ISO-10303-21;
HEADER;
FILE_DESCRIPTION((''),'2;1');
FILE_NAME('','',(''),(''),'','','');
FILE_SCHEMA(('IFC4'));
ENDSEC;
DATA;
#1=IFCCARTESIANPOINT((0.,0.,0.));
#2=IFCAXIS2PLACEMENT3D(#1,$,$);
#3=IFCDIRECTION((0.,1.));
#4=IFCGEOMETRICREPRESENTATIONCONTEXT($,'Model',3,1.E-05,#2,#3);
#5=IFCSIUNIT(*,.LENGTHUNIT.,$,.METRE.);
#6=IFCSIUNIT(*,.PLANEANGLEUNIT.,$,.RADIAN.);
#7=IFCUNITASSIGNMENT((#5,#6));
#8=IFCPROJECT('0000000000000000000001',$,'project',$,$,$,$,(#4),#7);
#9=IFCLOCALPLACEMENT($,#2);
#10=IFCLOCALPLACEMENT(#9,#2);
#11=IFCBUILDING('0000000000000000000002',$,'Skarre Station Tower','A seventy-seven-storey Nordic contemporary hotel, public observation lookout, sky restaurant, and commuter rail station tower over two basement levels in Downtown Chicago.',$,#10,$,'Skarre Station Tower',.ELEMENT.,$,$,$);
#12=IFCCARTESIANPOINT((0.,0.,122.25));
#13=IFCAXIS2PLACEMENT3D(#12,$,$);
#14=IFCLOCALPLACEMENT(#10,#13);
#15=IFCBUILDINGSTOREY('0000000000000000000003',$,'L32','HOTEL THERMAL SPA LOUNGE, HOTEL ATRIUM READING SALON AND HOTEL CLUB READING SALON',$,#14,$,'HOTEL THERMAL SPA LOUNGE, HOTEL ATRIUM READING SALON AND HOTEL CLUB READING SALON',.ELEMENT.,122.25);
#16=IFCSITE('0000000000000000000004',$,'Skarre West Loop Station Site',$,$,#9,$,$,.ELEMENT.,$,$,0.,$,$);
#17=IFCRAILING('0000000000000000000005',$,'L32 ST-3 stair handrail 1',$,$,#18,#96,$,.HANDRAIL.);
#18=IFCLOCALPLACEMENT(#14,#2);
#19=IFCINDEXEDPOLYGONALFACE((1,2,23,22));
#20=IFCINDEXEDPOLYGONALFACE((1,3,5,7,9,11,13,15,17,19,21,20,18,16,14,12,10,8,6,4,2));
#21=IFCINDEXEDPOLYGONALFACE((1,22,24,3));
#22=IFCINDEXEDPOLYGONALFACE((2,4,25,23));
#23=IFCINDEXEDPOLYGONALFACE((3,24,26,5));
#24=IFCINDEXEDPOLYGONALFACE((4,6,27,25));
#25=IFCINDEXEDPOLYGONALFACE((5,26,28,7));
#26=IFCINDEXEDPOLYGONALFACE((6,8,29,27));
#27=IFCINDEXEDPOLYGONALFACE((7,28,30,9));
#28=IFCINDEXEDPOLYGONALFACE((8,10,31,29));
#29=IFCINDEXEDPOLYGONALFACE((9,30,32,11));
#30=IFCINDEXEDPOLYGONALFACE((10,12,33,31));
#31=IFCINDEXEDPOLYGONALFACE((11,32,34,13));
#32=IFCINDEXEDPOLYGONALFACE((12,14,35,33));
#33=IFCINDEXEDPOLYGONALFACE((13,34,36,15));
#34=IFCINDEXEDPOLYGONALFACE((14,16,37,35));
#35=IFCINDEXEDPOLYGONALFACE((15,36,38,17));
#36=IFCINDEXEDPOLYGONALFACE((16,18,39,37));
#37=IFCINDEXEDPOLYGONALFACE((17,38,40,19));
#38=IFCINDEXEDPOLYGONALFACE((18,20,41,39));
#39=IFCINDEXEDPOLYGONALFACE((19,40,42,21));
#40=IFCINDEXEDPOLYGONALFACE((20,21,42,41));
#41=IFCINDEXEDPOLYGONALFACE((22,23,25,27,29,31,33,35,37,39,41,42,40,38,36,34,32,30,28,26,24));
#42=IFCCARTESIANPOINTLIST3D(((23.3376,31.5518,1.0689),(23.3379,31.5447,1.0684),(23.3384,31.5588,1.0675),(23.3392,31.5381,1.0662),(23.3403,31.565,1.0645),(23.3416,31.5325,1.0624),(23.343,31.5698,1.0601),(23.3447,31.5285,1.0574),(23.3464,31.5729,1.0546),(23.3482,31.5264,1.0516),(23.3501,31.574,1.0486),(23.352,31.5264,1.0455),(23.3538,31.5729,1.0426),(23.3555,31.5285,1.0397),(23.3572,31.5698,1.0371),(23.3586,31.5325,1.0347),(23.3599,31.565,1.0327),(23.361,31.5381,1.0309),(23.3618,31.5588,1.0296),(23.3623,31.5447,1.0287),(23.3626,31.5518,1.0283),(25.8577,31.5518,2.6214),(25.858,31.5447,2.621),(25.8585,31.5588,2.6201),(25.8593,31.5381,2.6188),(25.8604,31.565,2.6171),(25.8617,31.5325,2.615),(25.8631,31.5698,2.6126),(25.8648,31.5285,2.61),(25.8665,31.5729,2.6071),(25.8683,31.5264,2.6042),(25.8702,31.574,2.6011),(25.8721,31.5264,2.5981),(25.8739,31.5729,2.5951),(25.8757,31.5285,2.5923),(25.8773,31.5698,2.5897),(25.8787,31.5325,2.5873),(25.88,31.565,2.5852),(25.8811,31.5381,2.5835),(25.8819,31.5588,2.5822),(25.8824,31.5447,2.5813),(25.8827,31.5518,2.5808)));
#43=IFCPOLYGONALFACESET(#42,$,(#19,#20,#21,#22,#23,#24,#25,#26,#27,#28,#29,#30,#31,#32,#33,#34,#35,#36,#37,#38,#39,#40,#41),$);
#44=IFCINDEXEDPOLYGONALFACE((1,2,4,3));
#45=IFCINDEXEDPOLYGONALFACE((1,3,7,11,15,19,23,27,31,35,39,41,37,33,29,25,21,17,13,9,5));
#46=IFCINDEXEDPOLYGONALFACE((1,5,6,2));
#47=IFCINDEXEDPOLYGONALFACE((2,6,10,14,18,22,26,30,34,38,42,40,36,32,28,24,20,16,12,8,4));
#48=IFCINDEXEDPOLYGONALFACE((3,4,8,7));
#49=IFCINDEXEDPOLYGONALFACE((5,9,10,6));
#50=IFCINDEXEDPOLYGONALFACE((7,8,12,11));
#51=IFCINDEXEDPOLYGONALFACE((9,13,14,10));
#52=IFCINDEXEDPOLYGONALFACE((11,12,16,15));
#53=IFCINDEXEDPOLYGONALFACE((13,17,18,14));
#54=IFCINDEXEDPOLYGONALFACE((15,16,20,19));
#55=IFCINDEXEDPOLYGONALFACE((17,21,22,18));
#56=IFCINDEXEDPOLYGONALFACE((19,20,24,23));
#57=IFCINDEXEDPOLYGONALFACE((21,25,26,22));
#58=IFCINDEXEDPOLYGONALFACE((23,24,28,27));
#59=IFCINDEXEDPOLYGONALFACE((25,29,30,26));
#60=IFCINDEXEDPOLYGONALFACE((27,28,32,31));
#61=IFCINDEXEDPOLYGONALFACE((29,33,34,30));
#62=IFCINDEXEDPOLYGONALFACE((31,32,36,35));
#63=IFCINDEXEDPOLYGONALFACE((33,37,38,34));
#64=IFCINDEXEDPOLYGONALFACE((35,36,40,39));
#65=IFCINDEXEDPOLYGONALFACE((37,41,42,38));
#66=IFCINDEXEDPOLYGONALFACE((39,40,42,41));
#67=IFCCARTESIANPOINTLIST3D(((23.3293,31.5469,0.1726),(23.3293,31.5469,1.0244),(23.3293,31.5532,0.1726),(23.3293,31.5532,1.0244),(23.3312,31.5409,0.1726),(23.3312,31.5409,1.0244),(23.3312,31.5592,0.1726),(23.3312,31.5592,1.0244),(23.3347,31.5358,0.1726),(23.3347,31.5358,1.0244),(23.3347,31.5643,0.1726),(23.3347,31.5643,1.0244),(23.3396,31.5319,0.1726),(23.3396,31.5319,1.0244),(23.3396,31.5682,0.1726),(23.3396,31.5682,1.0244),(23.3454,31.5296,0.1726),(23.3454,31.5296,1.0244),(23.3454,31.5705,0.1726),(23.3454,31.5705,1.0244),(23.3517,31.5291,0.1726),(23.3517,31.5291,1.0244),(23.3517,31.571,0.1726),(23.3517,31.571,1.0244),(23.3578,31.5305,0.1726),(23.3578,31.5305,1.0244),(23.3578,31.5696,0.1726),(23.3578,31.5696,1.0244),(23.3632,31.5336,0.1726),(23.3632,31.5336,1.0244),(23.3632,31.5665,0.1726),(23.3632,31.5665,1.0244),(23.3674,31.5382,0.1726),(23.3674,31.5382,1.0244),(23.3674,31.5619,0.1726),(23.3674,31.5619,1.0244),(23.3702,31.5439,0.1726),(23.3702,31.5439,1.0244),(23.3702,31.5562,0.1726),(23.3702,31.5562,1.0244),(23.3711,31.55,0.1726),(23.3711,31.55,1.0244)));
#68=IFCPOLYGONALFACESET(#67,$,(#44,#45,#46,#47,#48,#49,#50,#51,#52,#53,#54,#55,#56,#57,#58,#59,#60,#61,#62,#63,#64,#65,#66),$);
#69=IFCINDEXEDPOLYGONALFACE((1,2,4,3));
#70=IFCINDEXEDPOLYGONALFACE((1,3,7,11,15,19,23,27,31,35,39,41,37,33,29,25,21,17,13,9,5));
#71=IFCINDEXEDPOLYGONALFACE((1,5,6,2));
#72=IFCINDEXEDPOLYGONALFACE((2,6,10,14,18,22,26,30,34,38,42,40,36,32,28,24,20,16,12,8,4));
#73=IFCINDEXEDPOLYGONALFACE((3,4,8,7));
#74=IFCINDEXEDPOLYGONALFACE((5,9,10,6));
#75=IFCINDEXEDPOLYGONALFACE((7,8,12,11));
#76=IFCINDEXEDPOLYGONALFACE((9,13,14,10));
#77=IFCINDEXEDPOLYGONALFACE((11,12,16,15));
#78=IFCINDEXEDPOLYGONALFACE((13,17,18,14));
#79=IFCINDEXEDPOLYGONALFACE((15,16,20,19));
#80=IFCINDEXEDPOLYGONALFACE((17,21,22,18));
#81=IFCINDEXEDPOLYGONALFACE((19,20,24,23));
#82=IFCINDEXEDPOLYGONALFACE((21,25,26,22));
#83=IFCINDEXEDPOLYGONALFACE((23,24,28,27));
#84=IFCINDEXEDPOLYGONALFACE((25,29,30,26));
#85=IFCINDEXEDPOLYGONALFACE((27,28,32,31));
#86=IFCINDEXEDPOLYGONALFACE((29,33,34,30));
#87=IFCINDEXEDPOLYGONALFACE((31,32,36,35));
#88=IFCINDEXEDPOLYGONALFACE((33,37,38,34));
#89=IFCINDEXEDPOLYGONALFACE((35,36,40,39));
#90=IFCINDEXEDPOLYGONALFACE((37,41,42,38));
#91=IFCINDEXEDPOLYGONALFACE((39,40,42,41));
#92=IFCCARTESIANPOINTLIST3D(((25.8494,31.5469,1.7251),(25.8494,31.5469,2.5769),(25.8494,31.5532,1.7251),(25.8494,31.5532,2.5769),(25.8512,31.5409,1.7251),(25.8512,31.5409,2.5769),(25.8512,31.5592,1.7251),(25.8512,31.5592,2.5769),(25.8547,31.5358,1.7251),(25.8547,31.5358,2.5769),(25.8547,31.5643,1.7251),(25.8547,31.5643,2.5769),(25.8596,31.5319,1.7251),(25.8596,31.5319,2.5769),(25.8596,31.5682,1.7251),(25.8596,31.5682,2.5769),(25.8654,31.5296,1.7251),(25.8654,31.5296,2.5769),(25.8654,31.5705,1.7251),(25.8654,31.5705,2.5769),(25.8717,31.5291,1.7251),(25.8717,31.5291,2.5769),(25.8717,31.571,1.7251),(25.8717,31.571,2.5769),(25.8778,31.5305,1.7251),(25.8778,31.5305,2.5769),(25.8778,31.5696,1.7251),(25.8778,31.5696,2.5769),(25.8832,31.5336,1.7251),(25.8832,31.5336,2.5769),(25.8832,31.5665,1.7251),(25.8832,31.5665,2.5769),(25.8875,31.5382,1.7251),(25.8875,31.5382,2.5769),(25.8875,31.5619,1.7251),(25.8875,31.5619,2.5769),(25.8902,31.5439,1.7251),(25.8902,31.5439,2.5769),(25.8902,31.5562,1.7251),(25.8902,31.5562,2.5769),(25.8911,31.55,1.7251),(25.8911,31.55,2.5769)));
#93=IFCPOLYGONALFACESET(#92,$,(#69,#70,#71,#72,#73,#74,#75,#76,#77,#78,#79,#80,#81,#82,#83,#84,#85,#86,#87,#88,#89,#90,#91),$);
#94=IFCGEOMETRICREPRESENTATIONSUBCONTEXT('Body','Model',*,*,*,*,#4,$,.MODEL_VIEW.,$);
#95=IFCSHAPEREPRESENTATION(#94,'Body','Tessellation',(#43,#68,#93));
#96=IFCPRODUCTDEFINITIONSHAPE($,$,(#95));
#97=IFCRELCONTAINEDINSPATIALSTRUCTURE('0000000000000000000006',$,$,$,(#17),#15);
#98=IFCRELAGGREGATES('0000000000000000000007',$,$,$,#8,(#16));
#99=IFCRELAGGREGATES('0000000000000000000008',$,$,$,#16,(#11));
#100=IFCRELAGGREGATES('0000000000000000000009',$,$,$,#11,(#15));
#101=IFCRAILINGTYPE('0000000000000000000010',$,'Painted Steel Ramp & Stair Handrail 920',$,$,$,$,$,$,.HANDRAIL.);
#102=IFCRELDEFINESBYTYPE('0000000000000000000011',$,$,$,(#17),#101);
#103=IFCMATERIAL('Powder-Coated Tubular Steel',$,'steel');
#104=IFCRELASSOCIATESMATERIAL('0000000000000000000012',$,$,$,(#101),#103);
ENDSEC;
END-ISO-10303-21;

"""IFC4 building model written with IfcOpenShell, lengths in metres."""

from ifc_helpers import new_model, si_unit, direction, frame, origin, origin_2d, place, context, subcontext, project, spatial, circle, extrude, material, type_object, element, save


model = new_model("IFC4")

# Units and contexts
model_context = context("Model", 3, precision=1e-05, world=origin(), true_north=direction((0.0, 1.0)))
body_context = subcontext(model_context, "Body", "Model", "MODEL_VIEW")
ifc_project = project(units=[si_unit("LENGTHUNIT", "METRE"), si_unit("PLANEANGLEUNIT", "RADIAN")], contexts=[model_context])

# Site, building, storey
site_placement = place(None, origin())
site = spatial("IfcSite", under=ifc_project, at=site_placement, Name="Skarre West Loop Station Site", CompositionType="ELEMENT", RefElevation=0.0)
building_placement = place(site_placement, origin())
building = spatial("IfcBuilding", under=site, at=building_placement, Name="Skarre Station Tower", Description="A seventy-seven-storey Nordic contemporary hotel, public observation lookout, sky restaurant, and commuter rail station tower over two basement levels in Downtown Chicago.", LongName="Skarre Station Tower", CompositionType="ELEMENT")
storey_placement = place(building_placement, frame((0.0, 0.0, 122.25)))
storey = spatial("IfcBuildingStorey", under=building, at=storey_placement, Name="L32", Description="HOTEL THERMAL SPA LOUNGE, HOTEL ATRIUM READING SALON AND HOTEL CLUB READING SALON", LongName="HOTEL THERMAL SPA LOUNGE, HOTEL ATRIUM READING SALON AND HOTEL CLUB READING SALON", CompositionType="ELEMENT", Elevation=122.25)

# Railing
ifc_material_1 = material(Name="Powder-Coated Tubular Steel", Category="steel")
railing_type = type_object("IfcRailingType", Name="Painted Steel Ramp & Stair Handrail 920", PredefinedType="HANDRAIL", material=ifc_material_1)
railing_placement = place(storey_placement, frame((23.3501, 31.55, 0.1726)))
element("IfcRailing", 1, at=railing_placement, inside=storey, type_object=railing_type, Name="L32 ST-3 stair handrail 1", PredefinedType="HANDRAIL", context=body_context, shape_type="SweptSolid", body=[
    extrude(circle(Radius=0.0239, at=origin_2d()), frame((0.0, 0.0, 0.876), z_axis=(0.8514, 0.0, 0.524516), x_axis=(0.0, 1.0, 0.0)), (0.0, 0.0, 1.0), 2.96),
    extrude(circle(Radius=0.021, at=origin_2d()), origin(), (0.0, 0.0, 1.0), 0.8518),
    extrude(circle(Radius=0.021, at=origin_2d()), frame((2.52, 0.0, 1.5525)), (0.0, 0.0, 1.0), 0.8518),
])

save(model, "model.ifc")
